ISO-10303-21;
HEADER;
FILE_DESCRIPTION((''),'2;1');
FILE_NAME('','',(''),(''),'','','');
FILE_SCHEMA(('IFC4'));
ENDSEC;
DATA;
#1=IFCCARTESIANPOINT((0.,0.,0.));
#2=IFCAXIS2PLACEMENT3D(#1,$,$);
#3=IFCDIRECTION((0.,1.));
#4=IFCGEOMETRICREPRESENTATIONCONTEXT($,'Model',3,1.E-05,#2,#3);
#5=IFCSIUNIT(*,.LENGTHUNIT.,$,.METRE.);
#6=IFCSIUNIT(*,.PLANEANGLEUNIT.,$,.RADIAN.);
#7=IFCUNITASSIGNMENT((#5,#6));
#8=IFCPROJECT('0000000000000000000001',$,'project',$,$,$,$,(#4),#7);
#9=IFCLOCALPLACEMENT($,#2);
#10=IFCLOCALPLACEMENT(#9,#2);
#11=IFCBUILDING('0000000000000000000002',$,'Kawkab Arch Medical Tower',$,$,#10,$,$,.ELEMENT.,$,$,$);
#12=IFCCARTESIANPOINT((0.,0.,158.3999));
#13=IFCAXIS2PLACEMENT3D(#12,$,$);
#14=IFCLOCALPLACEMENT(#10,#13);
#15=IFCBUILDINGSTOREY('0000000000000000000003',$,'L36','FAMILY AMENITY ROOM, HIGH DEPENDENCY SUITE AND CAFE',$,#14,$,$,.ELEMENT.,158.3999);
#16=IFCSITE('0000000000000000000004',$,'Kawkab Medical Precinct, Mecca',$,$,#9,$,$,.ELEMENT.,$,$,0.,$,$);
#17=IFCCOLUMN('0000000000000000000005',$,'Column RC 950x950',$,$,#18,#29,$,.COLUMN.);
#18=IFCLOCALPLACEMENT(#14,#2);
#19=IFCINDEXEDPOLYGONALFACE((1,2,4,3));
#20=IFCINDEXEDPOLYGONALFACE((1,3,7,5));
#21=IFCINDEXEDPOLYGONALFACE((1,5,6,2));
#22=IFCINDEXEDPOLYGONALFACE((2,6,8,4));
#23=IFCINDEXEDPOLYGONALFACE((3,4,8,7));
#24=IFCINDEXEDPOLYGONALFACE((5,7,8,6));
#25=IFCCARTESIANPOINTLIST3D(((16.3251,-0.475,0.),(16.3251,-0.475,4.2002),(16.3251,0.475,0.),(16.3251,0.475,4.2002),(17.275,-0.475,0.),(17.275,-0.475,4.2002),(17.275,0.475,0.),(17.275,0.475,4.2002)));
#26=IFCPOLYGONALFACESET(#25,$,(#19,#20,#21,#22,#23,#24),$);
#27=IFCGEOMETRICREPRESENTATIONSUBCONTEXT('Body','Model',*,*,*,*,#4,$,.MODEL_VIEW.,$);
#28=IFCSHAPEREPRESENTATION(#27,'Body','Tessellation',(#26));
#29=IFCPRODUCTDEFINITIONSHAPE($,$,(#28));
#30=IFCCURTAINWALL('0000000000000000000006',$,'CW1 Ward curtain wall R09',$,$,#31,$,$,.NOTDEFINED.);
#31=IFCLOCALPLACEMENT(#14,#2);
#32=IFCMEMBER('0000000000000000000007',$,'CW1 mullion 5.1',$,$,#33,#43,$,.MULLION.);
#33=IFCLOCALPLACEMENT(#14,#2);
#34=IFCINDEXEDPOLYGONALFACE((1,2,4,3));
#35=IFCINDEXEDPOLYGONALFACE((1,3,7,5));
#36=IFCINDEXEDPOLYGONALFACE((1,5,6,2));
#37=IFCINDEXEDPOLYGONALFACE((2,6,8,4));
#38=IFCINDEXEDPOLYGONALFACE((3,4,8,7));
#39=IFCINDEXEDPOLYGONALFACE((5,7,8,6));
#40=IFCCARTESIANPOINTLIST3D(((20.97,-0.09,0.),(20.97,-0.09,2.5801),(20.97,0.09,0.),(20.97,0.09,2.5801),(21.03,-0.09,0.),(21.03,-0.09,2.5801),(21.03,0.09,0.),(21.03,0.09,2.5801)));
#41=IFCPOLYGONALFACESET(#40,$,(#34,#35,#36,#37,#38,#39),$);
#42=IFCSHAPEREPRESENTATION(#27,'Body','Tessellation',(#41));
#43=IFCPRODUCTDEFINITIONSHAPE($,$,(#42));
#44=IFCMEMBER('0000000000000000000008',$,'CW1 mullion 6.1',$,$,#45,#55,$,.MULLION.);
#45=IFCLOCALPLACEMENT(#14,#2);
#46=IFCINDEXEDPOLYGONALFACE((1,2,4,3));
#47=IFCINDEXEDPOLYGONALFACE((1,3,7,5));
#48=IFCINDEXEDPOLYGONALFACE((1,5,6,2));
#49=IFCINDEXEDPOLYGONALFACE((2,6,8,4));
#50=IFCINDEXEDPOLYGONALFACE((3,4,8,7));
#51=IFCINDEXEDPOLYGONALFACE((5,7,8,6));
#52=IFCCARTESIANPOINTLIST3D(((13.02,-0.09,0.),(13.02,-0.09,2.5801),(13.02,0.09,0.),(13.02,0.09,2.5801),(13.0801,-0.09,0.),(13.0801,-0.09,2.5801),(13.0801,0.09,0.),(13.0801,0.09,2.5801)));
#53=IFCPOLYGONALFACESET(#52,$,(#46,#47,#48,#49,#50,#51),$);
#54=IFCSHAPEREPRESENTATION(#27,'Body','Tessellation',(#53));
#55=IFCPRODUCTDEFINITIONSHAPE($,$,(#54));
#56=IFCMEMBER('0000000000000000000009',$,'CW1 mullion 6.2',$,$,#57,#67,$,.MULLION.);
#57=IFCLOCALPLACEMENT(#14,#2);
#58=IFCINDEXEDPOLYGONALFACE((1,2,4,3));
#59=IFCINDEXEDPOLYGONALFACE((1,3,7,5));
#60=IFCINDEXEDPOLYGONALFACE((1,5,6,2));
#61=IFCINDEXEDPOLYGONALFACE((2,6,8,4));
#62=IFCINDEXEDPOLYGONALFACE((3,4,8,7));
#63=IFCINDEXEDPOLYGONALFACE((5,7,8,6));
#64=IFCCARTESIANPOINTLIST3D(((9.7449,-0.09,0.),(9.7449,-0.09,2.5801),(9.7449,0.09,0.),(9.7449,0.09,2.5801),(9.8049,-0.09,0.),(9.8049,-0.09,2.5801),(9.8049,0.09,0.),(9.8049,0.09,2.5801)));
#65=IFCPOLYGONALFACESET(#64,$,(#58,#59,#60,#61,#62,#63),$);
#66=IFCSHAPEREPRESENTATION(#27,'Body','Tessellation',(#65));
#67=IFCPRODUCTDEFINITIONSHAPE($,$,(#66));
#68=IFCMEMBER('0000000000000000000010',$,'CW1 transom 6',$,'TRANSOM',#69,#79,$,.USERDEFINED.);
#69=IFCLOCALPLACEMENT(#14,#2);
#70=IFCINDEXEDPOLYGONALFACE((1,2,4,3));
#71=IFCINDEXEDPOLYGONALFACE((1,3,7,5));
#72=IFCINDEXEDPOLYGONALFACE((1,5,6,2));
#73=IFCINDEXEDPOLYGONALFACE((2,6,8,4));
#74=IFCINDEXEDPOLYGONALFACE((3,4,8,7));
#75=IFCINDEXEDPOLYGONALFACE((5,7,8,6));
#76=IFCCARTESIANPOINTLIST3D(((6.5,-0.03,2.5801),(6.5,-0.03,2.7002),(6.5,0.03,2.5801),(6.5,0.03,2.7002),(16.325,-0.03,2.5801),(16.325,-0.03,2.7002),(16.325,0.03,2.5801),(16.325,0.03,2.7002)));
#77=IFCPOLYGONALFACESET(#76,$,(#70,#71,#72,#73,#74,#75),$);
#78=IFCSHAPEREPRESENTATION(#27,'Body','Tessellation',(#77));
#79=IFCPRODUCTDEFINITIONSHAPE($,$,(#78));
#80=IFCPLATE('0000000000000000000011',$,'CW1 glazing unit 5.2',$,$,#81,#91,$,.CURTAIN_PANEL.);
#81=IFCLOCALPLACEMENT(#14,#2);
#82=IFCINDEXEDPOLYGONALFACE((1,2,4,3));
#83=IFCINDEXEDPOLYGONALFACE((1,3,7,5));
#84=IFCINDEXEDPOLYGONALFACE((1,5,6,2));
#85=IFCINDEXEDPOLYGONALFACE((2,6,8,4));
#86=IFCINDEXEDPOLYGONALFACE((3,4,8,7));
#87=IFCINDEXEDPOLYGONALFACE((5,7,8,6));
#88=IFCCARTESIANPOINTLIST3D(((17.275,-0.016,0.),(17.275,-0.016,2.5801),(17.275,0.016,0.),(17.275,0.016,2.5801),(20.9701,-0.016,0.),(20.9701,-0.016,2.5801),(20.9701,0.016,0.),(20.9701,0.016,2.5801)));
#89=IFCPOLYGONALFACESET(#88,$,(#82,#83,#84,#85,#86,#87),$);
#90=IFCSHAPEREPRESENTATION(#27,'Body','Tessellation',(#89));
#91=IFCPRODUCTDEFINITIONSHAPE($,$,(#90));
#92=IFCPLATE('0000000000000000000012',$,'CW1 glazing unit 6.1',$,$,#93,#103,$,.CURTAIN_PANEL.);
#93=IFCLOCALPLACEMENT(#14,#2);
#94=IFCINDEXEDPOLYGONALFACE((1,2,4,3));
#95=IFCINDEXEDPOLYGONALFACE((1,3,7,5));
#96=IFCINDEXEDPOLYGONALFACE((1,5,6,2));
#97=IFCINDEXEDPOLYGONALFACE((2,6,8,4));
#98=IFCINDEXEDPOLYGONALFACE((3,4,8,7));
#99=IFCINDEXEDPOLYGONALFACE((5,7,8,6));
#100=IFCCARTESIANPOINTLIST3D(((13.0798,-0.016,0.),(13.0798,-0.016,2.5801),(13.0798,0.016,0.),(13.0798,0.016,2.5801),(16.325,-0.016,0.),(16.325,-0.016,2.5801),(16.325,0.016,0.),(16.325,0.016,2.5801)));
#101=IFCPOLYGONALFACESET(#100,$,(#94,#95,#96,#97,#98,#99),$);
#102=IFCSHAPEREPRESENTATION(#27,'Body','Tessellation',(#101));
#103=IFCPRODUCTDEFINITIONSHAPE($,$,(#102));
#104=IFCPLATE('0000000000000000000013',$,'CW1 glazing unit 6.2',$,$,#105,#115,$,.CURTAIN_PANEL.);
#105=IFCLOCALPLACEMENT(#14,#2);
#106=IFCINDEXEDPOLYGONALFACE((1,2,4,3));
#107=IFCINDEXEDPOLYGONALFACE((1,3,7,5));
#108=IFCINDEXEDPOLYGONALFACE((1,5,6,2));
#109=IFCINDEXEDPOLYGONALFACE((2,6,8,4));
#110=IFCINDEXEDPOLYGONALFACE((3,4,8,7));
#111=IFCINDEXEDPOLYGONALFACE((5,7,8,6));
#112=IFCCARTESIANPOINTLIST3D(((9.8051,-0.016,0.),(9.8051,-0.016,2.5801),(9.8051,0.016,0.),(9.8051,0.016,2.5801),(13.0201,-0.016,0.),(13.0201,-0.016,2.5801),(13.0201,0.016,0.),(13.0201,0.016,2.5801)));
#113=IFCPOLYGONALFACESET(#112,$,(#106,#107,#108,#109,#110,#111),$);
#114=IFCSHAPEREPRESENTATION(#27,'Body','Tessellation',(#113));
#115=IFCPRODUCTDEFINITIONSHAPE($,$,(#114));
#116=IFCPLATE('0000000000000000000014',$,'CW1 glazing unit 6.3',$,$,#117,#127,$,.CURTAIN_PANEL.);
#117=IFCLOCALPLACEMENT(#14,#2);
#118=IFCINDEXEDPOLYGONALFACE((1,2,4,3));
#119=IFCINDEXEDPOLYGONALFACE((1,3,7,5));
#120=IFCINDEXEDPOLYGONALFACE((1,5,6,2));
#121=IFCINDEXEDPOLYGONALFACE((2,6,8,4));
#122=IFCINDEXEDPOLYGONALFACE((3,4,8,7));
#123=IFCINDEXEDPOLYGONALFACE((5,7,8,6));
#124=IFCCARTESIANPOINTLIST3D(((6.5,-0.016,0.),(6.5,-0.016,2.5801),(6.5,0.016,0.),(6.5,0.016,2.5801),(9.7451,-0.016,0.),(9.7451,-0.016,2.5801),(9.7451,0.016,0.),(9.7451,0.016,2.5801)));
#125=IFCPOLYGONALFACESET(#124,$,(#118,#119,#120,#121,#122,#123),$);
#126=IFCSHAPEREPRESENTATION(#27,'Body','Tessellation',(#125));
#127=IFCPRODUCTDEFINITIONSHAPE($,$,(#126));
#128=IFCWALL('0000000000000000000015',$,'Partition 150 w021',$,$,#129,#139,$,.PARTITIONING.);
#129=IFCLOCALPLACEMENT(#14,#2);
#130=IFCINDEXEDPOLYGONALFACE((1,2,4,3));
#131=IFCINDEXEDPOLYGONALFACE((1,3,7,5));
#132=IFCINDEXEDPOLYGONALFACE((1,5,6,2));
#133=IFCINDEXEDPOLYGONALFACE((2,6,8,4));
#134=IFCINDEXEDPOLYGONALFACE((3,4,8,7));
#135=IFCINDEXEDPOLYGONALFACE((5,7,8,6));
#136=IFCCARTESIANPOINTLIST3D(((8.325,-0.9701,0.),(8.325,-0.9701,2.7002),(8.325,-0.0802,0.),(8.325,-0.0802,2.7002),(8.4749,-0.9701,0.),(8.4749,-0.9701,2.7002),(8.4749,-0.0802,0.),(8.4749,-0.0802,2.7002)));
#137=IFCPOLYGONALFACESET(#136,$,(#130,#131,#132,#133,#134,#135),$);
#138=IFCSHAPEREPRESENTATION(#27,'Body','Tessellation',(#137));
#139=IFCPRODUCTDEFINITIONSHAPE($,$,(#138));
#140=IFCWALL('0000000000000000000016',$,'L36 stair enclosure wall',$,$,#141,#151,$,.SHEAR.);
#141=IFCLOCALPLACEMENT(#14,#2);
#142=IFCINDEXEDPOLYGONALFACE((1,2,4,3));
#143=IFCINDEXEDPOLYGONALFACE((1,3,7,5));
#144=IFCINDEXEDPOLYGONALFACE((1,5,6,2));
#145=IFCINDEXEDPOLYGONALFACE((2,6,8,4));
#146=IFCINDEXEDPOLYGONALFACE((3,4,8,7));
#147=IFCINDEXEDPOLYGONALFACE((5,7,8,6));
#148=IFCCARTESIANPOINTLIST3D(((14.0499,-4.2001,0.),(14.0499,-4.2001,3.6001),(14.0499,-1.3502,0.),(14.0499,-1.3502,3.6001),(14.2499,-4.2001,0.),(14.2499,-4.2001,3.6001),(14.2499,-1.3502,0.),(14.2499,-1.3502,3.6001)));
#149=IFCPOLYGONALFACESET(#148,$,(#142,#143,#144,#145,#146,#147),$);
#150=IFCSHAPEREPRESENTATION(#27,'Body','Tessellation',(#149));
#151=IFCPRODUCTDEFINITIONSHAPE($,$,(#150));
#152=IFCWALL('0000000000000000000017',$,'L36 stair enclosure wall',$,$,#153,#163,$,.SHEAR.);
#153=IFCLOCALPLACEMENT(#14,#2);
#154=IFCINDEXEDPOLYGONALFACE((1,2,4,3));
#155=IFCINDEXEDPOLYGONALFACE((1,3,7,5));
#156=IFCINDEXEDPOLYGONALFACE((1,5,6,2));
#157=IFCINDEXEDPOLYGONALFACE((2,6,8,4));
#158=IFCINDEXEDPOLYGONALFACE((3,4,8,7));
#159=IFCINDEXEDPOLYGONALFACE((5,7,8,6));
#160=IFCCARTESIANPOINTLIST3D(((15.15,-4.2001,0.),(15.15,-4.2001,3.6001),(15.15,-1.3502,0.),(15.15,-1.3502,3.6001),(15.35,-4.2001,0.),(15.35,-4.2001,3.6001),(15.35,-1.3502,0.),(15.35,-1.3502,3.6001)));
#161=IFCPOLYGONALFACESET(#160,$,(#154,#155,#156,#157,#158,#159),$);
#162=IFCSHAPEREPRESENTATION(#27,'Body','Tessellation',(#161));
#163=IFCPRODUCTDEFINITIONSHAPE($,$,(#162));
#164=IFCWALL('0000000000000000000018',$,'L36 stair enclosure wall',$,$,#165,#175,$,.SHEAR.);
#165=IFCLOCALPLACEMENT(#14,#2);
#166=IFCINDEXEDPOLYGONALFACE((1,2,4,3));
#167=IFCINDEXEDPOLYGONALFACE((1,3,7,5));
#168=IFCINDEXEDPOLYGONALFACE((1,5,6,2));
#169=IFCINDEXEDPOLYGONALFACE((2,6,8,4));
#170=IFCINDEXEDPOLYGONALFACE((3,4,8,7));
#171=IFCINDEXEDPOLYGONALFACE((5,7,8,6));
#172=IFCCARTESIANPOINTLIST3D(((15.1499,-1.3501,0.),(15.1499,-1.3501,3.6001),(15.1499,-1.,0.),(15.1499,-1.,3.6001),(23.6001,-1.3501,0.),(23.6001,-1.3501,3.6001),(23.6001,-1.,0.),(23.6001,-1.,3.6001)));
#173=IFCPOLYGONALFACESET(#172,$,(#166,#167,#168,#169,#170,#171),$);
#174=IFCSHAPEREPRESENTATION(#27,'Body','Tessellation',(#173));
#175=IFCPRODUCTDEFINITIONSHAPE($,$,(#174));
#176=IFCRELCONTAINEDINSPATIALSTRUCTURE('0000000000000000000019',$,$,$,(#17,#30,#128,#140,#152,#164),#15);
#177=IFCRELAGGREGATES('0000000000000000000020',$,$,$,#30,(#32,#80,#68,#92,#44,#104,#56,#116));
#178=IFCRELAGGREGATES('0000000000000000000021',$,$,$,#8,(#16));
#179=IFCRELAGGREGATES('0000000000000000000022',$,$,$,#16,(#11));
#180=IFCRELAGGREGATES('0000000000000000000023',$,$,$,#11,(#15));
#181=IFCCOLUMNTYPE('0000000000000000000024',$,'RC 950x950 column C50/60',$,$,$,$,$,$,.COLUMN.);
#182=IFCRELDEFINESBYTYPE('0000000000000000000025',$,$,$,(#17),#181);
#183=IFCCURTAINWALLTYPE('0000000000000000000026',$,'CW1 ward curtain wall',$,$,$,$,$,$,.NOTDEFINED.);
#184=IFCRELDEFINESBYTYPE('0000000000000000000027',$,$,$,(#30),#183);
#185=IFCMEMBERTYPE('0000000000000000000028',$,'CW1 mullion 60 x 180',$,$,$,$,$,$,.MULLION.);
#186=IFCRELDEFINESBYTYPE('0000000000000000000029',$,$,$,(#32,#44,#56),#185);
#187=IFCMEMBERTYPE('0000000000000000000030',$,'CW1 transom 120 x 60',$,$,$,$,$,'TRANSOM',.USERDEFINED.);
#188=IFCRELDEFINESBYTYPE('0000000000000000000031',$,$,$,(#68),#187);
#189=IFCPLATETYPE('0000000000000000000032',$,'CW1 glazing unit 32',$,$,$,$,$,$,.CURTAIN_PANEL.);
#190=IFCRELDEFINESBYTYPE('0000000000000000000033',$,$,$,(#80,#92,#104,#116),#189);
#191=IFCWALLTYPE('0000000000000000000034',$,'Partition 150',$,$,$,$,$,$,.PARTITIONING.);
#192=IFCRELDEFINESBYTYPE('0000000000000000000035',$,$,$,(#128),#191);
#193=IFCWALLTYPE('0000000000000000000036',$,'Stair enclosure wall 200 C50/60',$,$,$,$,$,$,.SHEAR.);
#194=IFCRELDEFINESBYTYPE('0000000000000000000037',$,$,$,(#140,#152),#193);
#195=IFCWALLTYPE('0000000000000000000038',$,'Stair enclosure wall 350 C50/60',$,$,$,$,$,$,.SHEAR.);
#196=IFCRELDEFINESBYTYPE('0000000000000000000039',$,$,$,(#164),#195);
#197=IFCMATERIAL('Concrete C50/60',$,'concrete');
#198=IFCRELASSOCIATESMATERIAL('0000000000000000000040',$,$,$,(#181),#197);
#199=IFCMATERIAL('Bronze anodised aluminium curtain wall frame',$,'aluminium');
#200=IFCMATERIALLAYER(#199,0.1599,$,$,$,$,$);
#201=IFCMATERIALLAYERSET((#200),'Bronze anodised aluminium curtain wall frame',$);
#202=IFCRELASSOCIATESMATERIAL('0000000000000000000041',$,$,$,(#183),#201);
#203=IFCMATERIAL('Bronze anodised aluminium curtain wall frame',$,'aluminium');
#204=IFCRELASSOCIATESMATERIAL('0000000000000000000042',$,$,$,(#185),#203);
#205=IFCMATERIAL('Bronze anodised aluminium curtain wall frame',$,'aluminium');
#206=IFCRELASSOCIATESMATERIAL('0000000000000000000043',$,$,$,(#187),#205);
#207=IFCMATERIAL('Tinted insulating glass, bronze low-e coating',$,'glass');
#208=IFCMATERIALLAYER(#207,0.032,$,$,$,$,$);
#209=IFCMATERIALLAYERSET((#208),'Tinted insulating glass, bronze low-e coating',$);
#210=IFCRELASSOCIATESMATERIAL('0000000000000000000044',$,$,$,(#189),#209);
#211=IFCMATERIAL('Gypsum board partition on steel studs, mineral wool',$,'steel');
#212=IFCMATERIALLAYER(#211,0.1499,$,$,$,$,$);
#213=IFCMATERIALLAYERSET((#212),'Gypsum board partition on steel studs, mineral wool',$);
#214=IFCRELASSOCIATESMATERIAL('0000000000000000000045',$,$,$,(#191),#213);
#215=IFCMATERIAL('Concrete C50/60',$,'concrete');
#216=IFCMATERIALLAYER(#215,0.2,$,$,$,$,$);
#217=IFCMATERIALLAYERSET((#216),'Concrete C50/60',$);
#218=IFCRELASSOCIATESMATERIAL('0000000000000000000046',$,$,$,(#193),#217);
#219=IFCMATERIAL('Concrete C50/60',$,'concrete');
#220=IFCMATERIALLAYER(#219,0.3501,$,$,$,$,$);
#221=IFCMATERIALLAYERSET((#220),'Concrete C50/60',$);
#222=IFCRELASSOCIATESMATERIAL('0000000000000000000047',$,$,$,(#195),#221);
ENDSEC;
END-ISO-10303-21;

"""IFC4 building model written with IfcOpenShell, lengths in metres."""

from ifc_helpers import new_model, si_unit, direction, frame, frame_2d, origin, origin_2d, place, context, subcontext, project, spatial, rectangle, extrude, material, layer, layer_set, material_profile, profile_set, type_object, element, aggregate, save


model = new_model("IFC4")

# Units and contexts
model_context = context("Model", 3, precision=1e-05, world=origin(), true_north=direction((0.0, 1.0)))
body_context = subcontext(model_context, "Body", "Model", "MODEL_VIEW")
ifc_project = project(units=[si_unit("LENGTHUNIT", "METRE"), si_unit("PLANEANGLEUNIT", "RADIAN")], contexts=[model_context])

# Site, building, storey
site_placement = place(None, origin())
site = spatial("IfcSite", under=ifc_project, at=site_placement, Name="Kawkab Medical Precinct, Mecca", CompositionType="ELEMENT", RefElevation=0.0)
building_placement = place(site_placement, origin())
building = spatial("IfcBuilding", under=site, at=building_placement, Name="Kawkab Arch Medical Tower", CompositionType="ELEMENT")
storey_placement = place(building_placement, frame((0.0, 0.0, 158.3999)))
storey = spatial("IfcBuildingStorey", under=building, at=storey_placement, Name="L36", Description="FAMILY AMENITY ROOM, HIGH DEPENDENCY SUITE AND CAFE", CompositionType="ELEMENT", Elevation=158.3999)

# Column
ifc_material_1 = material(Name="Concrete C50/60", Category="concrete")
ifc_material_profile_1 = material_profile(ifc_material_1, rectangle(XDim=0.95, YDim=0.95, at=origin_2d()), Name="RC 950x950")
ifc_profile_set_1 = profile_set([ifc_material_profile_1], Name="Concrete C50/60")
column_type = type_object("IfcColumnType", Name="RC 950x950 column C50/60", PredefinedType="COLUMN", material=ifc_profile_set_1)
column_placement = place(storey_placement, frame((16.8, 0.0, 0.0), z_axis=(0.0, 0.0, 1.0), x_axis=(1.0, 0.0, 0.0)))
element("IfcColumn", 1, at=column_placement, inside=storey, type_object=column_type, Name="Column RC 950x950", PredefinedType="COLUMN", context=body_context, shape_type="SweptSolid", body=[
    extrude(rectangle(XDim=0.95, YDim=0.95, at=origin_2d()), origin(), (0.0, 0.0, 1.0), 4.2002),
])

# Curtain wall, members, plates
ifc_material_2 = material(Name="Bronze anodised aluminium curtain wall frame", Category="aluminium")
ifc_layer_1 = layer(ifc_material_2, 0.1599)
ifc_layer_set_1 = layer_set([ifc_layer_1], Name="Bronze anodised aluminium curtain wall frame")
curtain_wall_type = type_object("IfcCurtainWallType", Name="CW1 ward curtain wall", PredefinedType="NOTDEFINED", material=ifc_layer_set_1)
placement = place(storey_placement, origin())
curtain_wall = element("IfcCurtainWall", 2, at=placement, inside=storey, type_object=curtain_wall_type, Name="CW1 Ward curtain wall R09", PredefinedType="NOTDEFINED")
ifc_material_3 = material(Name="Bronze anodised aluminium curtain wall frame", Category="aluminium")
ifc_material_profile_2 = material_profile(ifc_material_3, rectangle(XDim=0.1799, YDim=0.0601, at=origin_2d()), Name="AL 60x180")
ifc_profile_set_2 = profile_set([ifc_material_profile_2], Name="Bronze anodised aluminium curtain wall frame")
member_type_1 = type_object("IfcMemberType", Name="CW1 mullion 60 x 180", PredefinedType="MULLION", material=ifc_profile_set_2)
member_1_placement = place(storey_placement, frame((21.0, 0.0, 0.0), z_axis=(0.0, 0.0, 1.0), x_axis=(0.0, -1.0, 0.0)))
member_1 = element("IfcMember", 3, at=member_1_placement, type_object=member_type_1, Name="CW1 mullion 5.1", PredefinedType="MULLION", context=body_context, shape_type="SweptSolid", body=[
    extrude(rectangle(XDim=0.1799, YDim=0.0601, at=origin_2d()), origin(), (0.0, 0.0, 1.0), 2.5801),
])
member_2_placement = place(storey_placement, frame((13.05, 0.0, 0.0), z_axis=(0.0, 0.0, 1.0), x_axis=(0.0, -1.0, 0.0)))
member_2 = element("IfcMember", 4, at=member_2_placement, type_object=member_type_1, Name="CW1 mullion 6.1", PredefinedType="MULLION", context=body_context, shape_type="SweptSolid", body=[
    extrude(rectangle(XDim=0.1799, YDim=0.0601, at=origin_2d()), origin(), (0.0, 0.0, 1.0), 2.5801),
])
member_3_placement = place(storey_placement, frame((9.7749, 0.0, 0.0), z_axis=(0.0, 0.0, 1.0), x_axis=(0.0, -1.0, 0.0)))
member_3 = element("IfcMember", 5, at=member_3_placement, type_object=member_type_1, Name="CW1 mullion 6.2", PredefinedType="MULLION", context=body_context, shape_type="SweptSolid", body=[
    extrude(rectangle(XDim=0.1799, YDim=0.0601, at=origin_2d()), origin(), (0.0, 0.0, 1.0), 2.5801),
])
ifc_material_4 = material(Name="Bronze anodised aluminium curtain wall frame", Category="aluminium")
ifc_material_profile_3 = material_profile(ifc_material_4, rectangle(XDim=0.0601, YDim=0.1201, at=origin_2d()), Name="AL 60x120")
ifc_profile_set_3 = profile_set([ifc_material_profile_3], Name="Bronze anodised aluminium curtain wall frame")
member_type_2 = type_object("IfcMemberType", Name="CW1 transom 120 x 60", ElementType="TRANSOM", PredefinedType="USERDEFINED", material=ifc_profile_set_3)
member_4_placement = place(storey_placement, frame((16.325, 0.0, 2.6401), z_axis=(-1.0, 0.0, 0.0), x_axis=(0.0, -1.0, 0.0)))
member_4 = element("IfcMember", 6, at=member_4_placement, type_object=member_type_2, Name="CW1 transom 6", ObjectType="TRANSOM", PredefinedType="USERDEFINED", context=body_context, shape_type="SweptSolid", body=[
    extrude(rectangle(XDim=0.0601, YDim=0.1201, at=origin_2d()), origin(), (0.0, 0.0, 1.0), 9.825),
])
ifc_material_5 = material(Name="Tinted insulating glass, bronze low-e coating", Category="glass")
ifc_layer_2 = layer(ifc_material_5, 0.032)
ifc_layer_set_2 = layer_set([ifc_layer_2], Name="Tinted insulating glass, bronze low-e coating")
plate_type = type_object("IfcPlateType", Name="CW1 glazing unit 32", PredefinedType="CURTAIN_PANEL", material=ifc_layer_set_2)
plate_1_placement = place(storey_placement, frame((19.1226, 0.0, 0.0), z_axis=(0.0, 0.0, 1.0), x_axis=(-1.0, 0.0, 0.0)))
plate_1 = element("IfcPlate", 7, at=plate_1_placement, type_object=plate_type, Name="CW1 glazing unit 5.2", PredefinedType="CURTAIN_PANEL", context=body_context, shape_type="SweptSolid", body=[
    extrude(rectangle(XDim=3.6951, YDim=0.032, at=origin_2d()), origin(), (0.0, 0.0, 1.0), 2.5801),
])
plate_2_placement = place(storey_placement, frame((14.7024, 0.0, 0.0), z_axis=(0.0, 0.0, 1.0), x_axis=(-1.0, 0.0, 0.0)))
plate_2 = element("IfcPlate", 8, at=plate_2_placement, type_object=plate_type, Name="CW1 glazing unit 6.1", PredefinedType="CURTAIN_PANEL", context=body_context, shape_type="SweptSolid", body=[
    extrude(rectangle(XDim=3.2451, YDim=0.032, at=origin_2d()), origin(), (0.0, 0.0, 1.0), 2.5801),
])
plate_3_placement = place(storey_placement, frame((11.4126, 0.0, 0.0), z_axis=(0.0, 0.0, 1.0), x_axis=(-1.0, 0.0, 0.0)))
plate_3 = element("IfcPlate", 9, at=plate_3_placement, type_object=plate_type, Name="CW1 glazing unit 6.2", PredefinedType="CURTAIN_PANEL", context=body_context, shape_type="SweptSolid", body=[
    extrude(rectangle(XDim=3.2151, YDim=0.032, at=origin_2d()), origin(), (0.0, 0.0, 1.0), 2.5801),
])
plate_4_placement = place(storey_placement, frame((8.1226, 0.0, 0.0), z_axis=(0.0, 0.0, 1.0), x_axis=(-1.0, 0.0, 0.0)))
plate_4 = element("IfcPlate", 10, at=plate_4_placement, type_object=plate_type, Name="CW1 glazing unit 6.3", PredefinedType="CURTAIN_PANEL", context=body_context, shape_type="SweptSolid", body=[
    extrude(rectangle(XDim=3.2451, YDim=0.032, at=origin_2d()), origin(), (0.0, 0.0, 1.0), 2.5801),
])
aggregate(curtain_wall, [member_1, plate_1, member_4, plate_2, member_2, plate_3, member_3, plate_4])

# Walls
ifc_material_6 = material(Name="Gypsum board partition on steel studs, mineral wool", Category="steel")
ifc_layer_3 = layer(ifc_material_6, 0.1499)
ifc_layer_set_3 = layer_set([ifc_layer_3], Name="Gypsum board partition on steel studs, mineral wool")
wall_type_1 = type_object("IfcWallType", Name="Partition 150", PredefinedType="PARTITIONING", material=ifc_layer_set_3)
wall_1_placement = place(storey_placement, frame((8.3999, -0.97, 0.0), z_axis=(0.0, 0.0, 1.0), x_axis=(0.0, 1.0, 0.0)))
element("IfcWall", 11, at=wall_1_placement, inside=storey, type_object=wall_type_1, Name="Partition 150 w021", PredefinedType="PARTITIONING", context=body_context, shape_type="SweptSolid", body=[
    extrude(rectangle(XDim=0.8899, YDim=0.1499, at=frame_2d((0.4448, 0.0))), origin(), (0.0, 0.0, 1.0), 2.7002),
])
ifc_material_7 = material(Name="Concrete C50/60", Category="concrete")
ifc_layer_4 = layer(ifc_material_7, 0.2)
ifc_layer_set_4 = layer_set([ifc_layer_4], Name="Concrete C50/60")
wall_type_2 = type_object("IfcWallType", Name="Stair enclosure wall 200 C50/60", PredefinedType="SHEAR", material=ifc_layer_set_4)
for number, where, z_axis, x_axis, name in (
    (12, (14.1499, -4.2, 0.0), (0.0, 0.0, 1.0), (0.0, 1.0, 0.0), "L36 stair enclosure wall"),
    (13, (15.25, -4.2, 0.0), (0.0, 0.0, 1.0), (0.0, 1.0, 0.0), "L36 stair enclosure wall"),
):
    element("IfcWall", number, at=place(storey_placement, frame(where, z_axis=z_axis, x_axis=x_axis)), inside=storey, type_object=wall_type_2, Name=name, PredefinedType="SHEAR", context=body_context, shape_type="SweptSolid", body=[
        extrude(rectangle(XDim=2.8499, YDim=0.2, at=frame_2d((1.4248, 0.0))), origin(), (0.0, 0.0, 1.0), 3.6001),
    ])
ifc_material_8 = material(Name="Concrete C50/60", Category="concrete")
ifc_layer_5 = layer(ifc_material_8, 0.3501)
ifc_layer_set_5 = layer_set([ifc_layer_5], Name="Concrete C50/60")
wall_type_3 = type_object("IfcWallType", Name="Stair enclosure wall 350 C50/60", PredefinedType="SHEAR", material=ifc_layer_set_5)
wall_2_placement = place(storey_placement, frame((15.1499, -1.175, 0.0), z_axis=(0.0, 0.0, 1.0), x_axis=(1.0, 0.0, 0.0)))
element("IfcWall", 14, at=wall_2_placement, inside=storey, type_object=wall_type_3, Name="L36 stair enclosure wall", PredefinedType="SHEAR", context=body_context, shape_type="SweptSolid", body=[
    extrude(rectangle(XDim=8.4502, YDim=0.3501, at=frame_2d((4.2251, 0.0))), origin(), (0.0, 0.0, 1.0), 3.6001),
])

save(model, "model.ifc")
